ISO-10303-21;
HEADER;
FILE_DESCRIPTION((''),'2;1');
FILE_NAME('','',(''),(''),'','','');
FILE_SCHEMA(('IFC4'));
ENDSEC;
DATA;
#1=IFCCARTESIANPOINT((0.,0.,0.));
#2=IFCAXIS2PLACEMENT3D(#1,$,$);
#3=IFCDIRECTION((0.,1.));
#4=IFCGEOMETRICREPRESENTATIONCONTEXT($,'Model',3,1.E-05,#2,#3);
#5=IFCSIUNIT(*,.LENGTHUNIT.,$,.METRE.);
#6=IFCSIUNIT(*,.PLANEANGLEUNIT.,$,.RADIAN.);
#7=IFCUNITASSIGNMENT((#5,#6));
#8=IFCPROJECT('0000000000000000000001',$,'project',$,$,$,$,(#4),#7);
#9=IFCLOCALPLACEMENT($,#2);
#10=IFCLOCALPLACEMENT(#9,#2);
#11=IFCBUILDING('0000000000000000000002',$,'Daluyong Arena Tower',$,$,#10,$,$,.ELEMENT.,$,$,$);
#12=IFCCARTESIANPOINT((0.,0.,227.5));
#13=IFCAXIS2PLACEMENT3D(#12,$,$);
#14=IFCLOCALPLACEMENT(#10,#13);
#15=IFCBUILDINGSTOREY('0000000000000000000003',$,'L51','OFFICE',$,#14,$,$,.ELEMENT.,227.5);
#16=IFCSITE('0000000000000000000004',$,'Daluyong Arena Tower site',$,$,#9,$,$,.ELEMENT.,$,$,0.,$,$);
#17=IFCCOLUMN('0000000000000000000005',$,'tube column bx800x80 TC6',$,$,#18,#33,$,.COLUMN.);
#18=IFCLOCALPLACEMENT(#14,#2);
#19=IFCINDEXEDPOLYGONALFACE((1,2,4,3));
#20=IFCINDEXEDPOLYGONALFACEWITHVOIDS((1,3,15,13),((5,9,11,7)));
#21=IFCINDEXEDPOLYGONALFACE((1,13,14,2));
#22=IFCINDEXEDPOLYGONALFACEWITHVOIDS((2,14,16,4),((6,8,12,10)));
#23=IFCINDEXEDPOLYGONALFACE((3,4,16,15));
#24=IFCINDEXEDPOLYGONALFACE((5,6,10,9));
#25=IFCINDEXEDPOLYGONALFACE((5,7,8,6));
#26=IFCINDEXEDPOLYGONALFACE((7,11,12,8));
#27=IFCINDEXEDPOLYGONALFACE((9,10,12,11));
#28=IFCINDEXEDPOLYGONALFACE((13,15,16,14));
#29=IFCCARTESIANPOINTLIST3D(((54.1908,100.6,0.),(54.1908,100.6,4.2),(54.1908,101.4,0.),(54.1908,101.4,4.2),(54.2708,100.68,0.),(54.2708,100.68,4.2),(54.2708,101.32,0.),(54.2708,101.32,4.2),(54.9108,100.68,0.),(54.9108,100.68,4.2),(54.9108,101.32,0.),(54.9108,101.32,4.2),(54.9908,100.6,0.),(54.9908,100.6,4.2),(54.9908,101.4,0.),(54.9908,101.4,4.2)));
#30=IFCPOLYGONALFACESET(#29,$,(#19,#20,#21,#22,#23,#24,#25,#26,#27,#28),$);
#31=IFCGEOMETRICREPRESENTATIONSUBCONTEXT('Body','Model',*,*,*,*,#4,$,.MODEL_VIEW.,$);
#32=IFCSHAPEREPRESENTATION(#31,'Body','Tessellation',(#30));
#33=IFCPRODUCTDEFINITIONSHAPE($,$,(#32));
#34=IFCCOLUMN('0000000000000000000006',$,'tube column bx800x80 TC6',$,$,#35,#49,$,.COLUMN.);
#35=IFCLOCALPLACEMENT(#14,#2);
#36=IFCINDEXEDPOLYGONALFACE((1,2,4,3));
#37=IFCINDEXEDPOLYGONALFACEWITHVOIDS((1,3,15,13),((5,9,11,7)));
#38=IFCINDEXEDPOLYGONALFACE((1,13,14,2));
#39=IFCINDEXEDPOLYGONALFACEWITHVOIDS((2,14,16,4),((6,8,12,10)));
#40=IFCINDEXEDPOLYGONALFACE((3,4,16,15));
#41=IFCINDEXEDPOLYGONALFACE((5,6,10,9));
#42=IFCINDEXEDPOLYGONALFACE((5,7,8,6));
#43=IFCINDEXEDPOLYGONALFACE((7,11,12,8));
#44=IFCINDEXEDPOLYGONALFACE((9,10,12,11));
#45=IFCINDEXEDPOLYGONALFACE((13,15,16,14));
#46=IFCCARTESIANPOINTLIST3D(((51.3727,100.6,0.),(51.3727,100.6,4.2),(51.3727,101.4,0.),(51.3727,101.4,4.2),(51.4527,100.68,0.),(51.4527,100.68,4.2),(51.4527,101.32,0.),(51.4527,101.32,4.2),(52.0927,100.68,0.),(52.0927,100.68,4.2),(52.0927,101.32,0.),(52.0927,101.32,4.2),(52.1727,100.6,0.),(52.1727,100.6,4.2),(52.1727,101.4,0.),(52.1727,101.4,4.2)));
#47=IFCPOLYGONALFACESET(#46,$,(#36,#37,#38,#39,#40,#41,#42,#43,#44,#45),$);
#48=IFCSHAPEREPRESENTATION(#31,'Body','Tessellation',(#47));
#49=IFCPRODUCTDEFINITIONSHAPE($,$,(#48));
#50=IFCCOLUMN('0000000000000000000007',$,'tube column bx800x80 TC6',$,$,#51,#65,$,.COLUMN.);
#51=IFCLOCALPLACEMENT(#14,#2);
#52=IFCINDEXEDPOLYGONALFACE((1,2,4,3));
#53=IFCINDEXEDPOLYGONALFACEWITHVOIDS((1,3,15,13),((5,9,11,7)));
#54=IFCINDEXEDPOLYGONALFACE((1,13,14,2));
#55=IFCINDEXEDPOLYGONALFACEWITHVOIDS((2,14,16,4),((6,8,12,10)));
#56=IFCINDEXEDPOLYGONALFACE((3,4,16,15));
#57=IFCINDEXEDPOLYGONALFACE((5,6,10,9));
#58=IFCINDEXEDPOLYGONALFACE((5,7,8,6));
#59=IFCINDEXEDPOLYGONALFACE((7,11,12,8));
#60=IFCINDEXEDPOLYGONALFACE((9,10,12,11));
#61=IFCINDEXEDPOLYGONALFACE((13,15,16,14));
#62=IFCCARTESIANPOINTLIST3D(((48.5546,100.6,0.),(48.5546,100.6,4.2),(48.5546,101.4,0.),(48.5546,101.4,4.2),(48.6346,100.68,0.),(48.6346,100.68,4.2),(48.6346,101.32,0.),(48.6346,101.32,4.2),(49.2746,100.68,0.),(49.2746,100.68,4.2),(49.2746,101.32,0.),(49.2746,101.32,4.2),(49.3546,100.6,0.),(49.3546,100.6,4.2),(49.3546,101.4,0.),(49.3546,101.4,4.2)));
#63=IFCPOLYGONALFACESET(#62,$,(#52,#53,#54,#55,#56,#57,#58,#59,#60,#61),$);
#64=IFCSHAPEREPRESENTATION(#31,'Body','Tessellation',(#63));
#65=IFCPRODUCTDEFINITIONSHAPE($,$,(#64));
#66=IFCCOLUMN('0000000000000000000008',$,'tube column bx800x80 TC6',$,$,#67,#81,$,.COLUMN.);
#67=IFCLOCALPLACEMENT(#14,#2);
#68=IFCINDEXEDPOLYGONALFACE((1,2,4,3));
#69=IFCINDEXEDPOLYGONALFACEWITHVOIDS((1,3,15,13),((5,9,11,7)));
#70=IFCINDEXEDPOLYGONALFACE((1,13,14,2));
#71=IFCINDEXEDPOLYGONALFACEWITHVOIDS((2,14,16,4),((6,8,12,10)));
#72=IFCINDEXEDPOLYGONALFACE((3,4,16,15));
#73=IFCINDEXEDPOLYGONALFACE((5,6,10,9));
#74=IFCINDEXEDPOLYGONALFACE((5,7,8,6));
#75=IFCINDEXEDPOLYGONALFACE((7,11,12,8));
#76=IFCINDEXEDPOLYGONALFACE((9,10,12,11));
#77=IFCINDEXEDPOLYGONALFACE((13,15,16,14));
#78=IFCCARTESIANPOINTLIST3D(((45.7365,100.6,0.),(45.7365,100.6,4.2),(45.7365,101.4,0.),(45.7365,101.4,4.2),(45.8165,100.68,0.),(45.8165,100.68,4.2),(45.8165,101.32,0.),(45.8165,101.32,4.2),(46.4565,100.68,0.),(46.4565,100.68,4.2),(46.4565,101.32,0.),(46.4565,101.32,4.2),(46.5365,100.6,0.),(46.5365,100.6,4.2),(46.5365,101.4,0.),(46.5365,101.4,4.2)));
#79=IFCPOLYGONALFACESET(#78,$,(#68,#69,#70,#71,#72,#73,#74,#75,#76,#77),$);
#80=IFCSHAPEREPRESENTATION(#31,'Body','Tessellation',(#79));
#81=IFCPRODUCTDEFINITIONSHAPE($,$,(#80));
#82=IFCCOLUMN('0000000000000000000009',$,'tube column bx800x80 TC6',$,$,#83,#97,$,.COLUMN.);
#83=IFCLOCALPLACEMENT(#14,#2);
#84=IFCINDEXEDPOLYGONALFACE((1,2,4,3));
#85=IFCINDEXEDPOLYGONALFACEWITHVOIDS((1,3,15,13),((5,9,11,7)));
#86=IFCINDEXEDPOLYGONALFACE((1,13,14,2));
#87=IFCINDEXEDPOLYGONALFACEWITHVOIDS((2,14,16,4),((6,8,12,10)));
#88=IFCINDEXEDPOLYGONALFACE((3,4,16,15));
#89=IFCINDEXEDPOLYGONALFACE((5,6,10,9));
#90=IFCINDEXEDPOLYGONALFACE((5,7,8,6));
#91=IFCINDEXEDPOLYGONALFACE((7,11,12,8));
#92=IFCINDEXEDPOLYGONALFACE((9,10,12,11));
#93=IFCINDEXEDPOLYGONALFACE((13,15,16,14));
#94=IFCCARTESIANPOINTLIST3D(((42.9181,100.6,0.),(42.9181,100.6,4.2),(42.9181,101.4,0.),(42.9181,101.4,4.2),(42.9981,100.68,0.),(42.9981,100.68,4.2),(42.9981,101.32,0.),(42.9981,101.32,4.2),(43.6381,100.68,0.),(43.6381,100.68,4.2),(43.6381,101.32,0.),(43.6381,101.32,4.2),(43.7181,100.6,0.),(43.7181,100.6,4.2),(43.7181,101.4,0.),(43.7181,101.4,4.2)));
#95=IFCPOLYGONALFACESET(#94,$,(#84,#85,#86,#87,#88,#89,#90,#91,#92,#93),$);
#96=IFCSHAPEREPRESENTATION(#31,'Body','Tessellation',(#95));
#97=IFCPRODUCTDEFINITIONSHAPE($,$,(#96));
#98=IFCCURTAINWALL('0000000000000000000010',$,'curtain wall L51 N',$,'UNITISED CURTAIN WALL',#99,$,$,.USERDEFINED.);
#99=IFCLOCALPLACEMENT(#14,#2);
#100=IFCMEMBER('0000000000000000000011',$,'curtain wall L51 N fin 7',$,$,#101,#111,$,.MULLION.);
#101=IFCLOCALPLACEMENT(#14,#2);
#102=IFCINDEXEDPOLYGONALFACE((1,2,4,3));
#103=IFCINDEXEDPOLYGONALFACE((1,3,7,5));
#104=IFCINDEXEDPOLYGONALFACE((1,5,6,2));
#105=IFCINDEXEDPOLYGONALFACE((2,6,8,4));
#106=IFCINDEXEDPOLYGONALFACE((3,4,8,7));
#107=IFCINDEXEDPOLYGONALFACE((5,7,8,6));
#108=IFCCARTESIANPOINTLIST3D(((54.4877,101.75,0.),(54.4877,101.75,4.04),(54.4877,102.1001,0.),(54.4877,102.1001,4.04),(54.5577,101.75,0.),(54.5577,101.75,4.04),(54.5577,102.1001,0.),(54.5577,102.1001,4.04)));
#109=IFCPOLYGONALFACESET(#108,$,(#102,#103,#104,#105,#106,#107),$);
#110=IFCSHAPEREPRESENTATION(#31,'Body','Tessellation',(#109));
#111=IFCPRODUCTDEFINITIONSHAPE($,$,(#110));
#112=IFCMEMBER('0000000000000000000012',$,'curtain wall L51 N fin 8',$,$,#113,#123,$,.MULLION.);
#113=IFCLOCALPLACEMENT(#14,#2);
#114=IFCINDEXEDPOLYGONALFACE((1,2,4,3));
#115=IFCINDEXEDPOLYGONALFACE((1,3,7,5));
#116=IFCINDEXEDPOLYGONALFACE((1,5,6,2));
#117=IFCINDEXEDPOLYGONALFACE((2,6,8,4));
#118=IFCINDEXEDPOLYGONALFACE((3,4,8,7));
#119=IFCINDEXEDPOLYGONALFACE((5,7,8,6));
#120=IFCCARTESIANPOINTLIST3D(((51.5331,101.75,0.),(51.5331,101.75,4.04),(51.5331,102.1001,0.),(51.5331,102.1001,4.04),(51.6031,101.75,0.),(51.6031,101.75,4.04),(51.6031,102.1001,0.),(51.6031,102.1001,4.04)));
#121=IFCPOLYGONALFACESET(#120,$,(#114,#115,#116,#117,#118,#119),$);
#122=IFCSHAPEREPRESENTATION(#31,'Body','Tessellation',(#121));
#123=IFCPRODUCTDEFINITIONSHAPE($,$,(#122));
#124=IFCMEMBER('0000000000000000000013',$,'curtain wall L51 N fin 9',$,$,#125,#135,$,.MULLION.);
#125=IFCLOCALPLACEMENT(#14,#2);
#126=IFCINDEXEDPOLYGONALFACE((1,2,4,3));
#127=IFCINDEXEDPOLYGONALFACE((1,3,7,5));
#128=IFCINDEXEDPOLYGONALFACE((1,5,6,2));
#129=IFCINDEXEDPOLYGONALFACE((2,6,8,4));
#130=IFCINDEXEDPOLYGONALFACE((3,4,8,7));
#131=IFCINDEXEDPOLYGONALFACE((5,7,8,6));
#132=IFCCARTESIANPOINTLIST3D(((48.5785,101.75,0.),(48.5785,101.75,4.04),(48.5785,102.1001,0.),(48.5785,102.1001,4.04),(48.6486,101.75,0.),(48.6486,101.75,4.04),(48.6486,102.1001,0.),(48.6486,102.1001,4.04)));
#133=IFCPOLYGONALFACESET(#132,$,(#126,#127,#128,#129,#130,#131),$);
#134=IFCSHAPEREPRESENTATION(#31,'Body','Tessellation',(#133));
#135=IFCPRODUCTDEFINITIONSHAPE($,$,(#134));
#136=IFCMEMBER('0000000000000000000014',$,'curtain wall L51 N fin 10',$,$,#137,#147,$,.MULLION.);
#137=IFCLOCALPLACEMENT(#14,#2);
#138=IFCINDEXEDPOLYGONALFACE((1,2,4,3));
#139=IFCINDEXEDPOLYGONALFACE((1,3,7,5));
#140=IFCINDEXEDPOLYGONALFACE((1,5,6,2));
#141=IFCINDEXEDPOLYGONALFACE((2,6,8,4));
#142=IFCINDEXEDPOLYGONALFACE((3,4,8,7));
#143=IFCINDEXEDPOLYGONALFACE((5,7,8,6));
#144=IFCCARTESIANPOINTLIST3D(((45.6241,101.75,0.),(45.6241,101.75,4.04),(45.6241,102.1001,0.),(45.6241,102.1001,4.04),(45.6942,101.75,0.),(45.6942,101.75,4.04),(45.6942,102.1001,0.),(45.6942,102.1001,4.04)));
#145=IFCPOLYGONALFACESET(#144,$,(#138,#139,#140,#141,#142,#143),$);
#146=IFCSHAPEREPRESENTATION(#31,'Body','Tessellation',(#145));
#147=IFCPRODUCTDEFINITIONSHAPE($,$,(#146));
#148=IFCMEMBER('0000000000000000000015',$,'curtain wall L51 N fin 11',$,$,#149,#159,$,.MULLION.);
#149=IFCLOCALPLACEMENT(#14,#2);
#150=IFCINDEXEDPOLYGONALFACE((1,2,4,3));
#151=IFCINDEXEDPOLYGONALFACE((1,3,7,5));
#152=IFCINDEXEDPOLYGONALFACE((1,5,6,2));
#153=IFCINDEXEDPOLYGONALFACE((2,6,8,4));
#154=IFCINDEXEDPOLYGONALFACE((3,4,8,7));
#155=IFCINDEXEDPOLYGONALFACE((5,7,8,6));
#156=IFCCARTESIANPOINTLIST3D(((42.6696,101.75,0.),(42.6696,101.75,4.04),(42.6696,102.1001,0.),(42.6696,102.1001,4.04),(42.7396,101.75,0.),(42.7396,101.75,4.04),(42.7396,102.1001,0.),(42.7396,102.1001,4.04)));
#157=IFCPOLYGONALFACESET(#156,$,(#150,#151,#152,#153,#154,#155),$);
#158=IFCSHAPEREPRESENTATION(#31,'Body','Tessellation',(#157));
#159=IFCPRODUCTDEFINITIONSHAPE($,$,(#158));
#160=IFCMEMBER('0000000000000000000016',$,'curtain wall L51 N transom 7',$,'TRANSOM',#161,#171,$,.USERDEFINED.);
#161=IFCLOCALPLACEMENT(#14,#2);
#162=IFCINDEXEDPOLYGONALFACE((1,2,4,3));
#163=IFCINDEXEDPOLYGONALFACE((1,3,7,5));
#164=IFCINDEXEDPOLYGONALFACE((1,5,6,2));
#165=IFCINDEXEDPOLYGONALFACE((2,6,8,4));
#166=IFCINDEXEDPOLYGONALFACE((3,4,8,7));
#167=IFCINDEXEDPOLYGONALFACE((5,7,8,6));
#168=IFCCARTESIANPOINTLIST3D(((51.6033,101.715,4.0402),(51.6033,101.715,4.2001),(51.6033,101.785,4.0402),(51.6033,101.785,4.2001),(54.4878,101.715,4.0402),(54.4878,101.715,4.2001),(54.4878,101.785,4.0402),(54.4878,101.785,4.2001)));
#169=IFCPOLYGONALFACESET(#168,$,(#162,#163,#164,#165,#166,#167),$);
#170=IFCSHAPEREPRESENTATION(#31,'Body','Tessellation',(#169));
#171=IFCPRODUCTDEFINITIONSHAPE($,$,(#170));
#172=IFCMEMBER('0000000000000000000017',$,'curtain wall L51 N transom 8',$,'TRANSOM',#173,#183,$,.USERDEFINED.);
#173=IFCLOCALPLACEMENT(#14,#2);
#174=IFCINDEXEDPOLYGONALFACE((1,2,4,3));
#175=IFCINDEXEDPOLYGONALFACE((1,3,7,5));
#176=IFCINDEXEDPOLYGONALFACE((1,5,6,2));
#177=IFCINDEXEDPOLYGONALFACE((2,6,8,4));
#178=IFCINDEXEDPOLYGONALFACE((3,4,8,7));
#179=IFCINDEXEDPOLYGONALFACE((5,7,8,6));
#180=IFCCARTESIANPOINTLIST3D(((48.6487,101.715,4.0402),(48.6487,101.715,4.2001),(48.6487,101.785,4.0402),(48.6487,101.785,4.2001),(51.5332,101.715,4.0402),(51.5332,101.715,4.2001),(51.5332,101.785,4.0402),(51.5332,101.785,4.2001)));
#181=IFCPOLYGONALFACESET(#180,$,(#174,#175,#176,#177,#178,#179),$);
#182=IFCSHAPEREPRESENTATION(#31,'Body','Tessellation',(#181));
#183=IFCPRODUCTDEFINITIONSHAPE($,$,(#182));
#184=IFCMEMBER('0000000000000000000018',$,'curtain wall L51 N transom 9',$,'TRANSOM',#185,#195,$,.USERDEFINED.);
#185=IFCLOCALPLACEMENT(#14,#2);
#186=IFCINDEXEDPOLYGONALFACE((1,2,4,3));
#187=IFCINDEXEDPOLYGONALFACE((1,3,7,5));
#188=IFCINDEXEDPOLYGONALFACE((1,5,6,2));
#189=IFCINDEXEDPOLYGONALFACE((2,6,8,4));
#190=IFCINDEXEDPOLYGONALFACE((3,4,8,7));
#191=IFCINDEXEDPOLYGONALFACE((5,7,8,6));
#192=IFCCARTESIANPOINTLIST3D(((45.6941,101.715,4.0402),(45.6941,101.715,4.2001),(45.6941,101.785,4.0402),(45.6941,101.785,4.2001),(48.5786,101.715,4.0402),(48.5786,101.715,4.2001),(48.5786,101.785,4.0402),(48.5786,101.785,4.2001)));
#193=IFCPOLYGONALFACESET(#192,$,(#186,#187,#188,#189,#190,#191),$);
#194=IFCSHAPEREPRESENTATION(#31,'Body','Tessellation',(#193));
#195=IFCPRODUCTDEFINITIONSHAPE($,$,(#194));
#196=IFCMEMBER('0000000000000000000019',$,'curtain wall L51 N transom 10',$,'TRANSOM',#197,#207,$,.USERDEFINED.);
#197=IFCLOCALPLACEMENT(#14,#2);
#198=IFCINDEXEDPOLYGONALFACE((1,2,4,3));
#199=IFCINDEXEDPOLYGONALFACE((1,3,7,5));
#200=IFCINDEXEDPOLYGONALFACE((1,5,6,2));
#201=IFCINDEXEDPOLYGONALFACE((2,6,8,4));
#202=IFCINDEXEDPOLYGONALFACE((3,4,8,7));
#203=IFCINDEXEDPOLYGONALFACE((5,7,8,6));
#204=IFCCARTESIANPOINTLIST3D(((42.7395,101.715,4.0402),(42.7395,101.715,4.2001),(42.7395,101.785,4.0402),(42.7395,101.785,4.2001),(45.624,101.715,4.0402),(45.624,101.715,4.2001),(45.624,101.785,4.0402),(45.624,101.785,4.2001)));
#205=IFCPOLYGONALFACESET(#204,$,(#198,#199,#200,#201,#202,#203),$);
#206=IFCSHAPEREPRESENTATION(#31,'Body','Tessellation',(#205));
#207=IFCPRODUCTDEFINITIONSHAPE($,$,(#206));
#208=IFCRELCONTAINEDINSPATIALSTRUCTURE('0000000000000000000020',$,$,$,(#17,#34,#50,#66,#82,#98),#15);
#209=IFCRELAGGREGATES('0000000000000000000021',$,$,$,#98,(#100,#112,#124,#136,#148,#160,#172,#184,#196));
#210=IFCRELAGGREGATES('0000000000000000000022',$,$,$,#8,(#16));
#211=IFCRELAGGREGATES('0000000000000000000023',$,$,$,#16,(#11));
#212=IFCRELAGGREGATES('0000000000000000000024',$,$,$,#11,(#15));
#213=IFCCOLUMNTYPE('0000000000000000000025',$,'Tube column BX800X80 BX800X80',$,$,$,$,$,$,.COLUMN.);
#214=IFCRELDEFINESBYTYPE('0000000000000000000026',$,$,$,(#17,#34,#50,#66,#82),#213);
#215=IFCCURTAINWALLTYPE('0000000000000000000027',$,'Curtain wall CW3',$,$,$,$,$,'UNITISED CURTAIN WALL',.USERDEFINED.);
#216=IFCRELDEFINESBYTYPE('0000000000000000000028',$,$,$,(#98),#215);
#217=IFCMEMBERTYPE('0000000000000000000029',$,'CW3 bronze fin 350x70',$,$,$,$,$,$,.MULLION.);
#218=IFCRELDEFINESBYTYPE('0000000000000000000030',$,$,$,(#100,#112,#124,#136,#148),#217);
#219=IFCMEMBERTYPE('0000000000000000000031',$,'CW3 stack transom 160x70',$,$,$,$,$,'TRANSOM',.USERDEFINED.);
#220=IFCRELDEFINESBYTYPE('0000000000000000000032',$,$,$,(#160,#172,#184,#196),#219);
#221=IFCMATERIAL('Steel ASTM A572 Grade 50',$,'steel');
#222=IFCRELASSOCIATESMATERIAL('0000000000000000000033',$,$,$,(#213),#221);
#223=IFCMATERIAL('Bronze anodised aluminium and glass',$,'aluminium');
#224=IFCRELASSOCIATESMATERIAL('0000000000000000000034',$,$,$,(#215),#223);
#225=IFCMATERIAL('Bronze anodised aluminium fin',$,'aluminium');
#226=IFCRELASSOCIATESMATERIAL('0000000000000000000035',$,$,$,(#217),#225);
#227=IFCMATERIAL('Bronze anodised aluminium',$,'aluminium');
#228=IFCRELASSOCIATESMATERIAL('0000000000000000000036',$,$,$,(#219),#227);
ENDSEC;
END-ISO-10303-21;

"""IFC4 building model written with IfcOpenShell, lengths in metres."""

from ifc_helpers import new_model, si_unit, direction, frame, origin, origin_2d, place, context, subcontext, project, spatial, rectangle, hollow_rectangle, extrude, material, material_profile, profile_set, type_object, element, aggregate, save


model = new_model("IFC4")

# Units and contexts
model_context = context("Model", 3, precision=1e-05, world=origin(), true_north=direction((0.0, 1.0)))
body_context = subcontext(model_context, "Body", "Model", "MODEL_VIEW")
ifc_project = project(units=[si_unit("LENGTHUNIT", "METRE"), si_unit("PLANEANGLEUNIT", "RADIAN")], contexts=[model_context])

# Site, building, storey
site_placement = place(None, origin())
site = spatial("IfcSite", under=ifc_project, at=site_placement, Name="Daluyong Arena Tower site", CompositionType="ELEMENT", RefElevation=0.0)
building_placement = place(site_placement, origin())
building = spatial("IfcBuilding", under=site, at=building_placement, Name="Daluyong Arena Tower", CompositionType="ELEMENT")
storey_placement = place(building_placement, frame((0.0, 0.0, 227.5)))
storey = spatial("IfcBuildingStorey", under=building, at=storey_placement, Name="L51", Description="OFFICE", CompositionType="ELEMENT", Elevation=227.5)

# Columns
ifc_material_1 = material(Name="Steel ASTM A572 Grade 50", Category="steel")
ifc_material_profile_1 = material_profile(ifc_material_1, hollow_rectangle(XDim=0.8, YDim=0.8, WallThickness=0.08, at=origin_2d()))
ifc_profile_set_1 = profile_set([ifc_material_profile_1], Name="Steel ASTM A572 Grade 50")
column_type = type_object("IfcColumnType", Name="Tube column BX800X80 BX800X80", PredefinedType="COLUMN", material=ifc_profile_set_1)
for number, where, z_axis, x_axis, name in (
    (1, (54.5908, 101.0, 0.0), (0.0, 0.0, 1.0), (1.0, 0.0, 0.0), "tube column bx800x80 TC6"),
    (2, (51.7727, 101.0, 0.0), (0.0, 0.0, 1.0), (1.0, 0.0, 0.0), "tube column bx800x80 TC6"),
    (3, (48.9546, 101.0, 0.0), (0.0, 0.0, 1.0), (1.0, 0.0, 0.0), "tube column bx800x80 TC6"),
    (4, (46.1365, 101.0, 0.0), (0.0, 0.0, 1.0), (1.0, 0.0, 0.0), "tube column bx800x80 TC6"),
    (5, (43.3181, 101.0, 0.0), (0.0, 0.0, 1.0), (1.0, 0.0, 0.0), "tube column bx800x80 TC6"),
):
    element("IfcColumn", number, at=place(storey_placement, frame(where, z_axis=z_axis, x_axis=x_axis)), inside=storey, type_object=column_type, Name=name, PredefinedType="COLUMN", context=body_context, shape_type="SweptSolid", body=[
        extrude(hollow_rectangle(XDim=0.8, YDim=0.8, WallThickness=0.08, at=origin_2d()), origin(), (0.0, 0.0, 1.0), 4.2),
    ])

# Curtain wall, members
ifc_material_2 = material(Name="Bronze anodised aluminium and glass", Category="aluminium")
curtain_wall_type = type_object("IfcCurtainWallType", Name="Curtain wall CW3", ElementType="UNITISED CURTAIN WALL", PredefinedType="USERDEFINED", material=ifc_material_2)
curtain_wall_placement = place(storey_placement, origin())
curtain_wall = element("IfcCurtainWall", 6, at=curtain_wall_placement, inside=storey, type_object=curtain_wall_type, Name="curtain wall L51 N", ObjectType="UNITISED CURTAIN WALL", PredefinedType="USERDEFINED")
ifc_material_3 = material(Name="Bronze anodised aluminium fin", Category="aluminium")
ifc_material_profile_2 = material_profile(ifc_material_3, rectangle(XDim=0.3501, YDim=0.0701, at=origin_2d()))
ifc_profile_set_2 = profile_set([ifc_material_profile_2], Name="Bronze anodised aluminium fin")
member_type_1 = type_object("IfcMemberType", Name="CW3 bronze fin 350x70", PredefinedType="MULLION", material=ifc_profile_set_2)
member_1_placement = place(storey_placement, frame((54.5227, 101.925, 0.0), z_axis=(0.0, 0.0, 1.0), x_axis=(0.0, -1.0, 0.0)))
member_1 = element("IfcMember", 7, at=member_1_placement, type_object=member_type_1, Name="curtain wall L51 N fin 7", PredefinedType="MULLION", context=body_context, shape_type="SweptSolid", body=[
    extrude(rectangle(XDim=0.3501, YDim=0.0701, at=origin_2d()), origin(), (0.0, 0.0, 1.0), 4.04),
])
member_2_placement = place(storey_placement, frame((51.5681, 101.925, 0.0), z_axis=(0.0, 0.0, 1.0), x_axis=(0.0, -1.0, 0.0)))
member_2 = element("IfcMember", 8, at=member_2_placement, type_object=member_type_1, Name="curtain wall L51 N fin 8", PredefinedType="MULLION", context=body_context, shape_type="SweptSolid", body=[
    extrude(rectangle(XDim=0.3501, YDim=0.0701, at=origin_2d()), origin(), (0.0, 0.0, 1.0), 4.04),
])
member_3_placement = place(storey_placement, frame((48.6135, 101.925, 0.0), z_axis=(0.0, 0.0, 1.0), x_axis=(0.0, -1.0, 0.0)))
member_3 = element("IfcMember", 9, at=member_3_placement, type_object=member_type_1, Name="curtain wall L51 N fin 9", PredefinedType="MULLION", context=body_context, shape_type="SweptSolid", body=[
    extrude(rectangle(XDim=0.3501, YDim=0.0701, at=origin_2d()), origin(), (0.0, 0.0, 1.0), 4.04),
])
member_4_placement = place(storey_placement, frame((45.6592, 101.925, 0.0), z_axis=(0.0, 0.0, 1.0), x_axis=(0.0, -1.0, 0.0)))
member_4 = element("IfcMember", 10, at=member_4_placement, type_object=member_type_1, Name="curtain wall L51 N fin 10", PredefinedType="MULLION", context=body_context, shape_type="SweptSolid", body=[
    extrude(rectangle(XDim=0.3501, YDim=0.0701, at=origin_2d()), origin(), (0.0, 0.0, 1.0), 4.04),
])
member_5_placement = place(storey_placement, frame((42.7046, 101.925, 0.0), z_axis=(0.0, 0.0, 1.0), x_axis=(0.0, -1.0, 0.0)))
member_5 = element("IfcMember", 11, at=member_5_placement, type_object=member_type_1, Name="curtain wall L51 N fin 11", PredefinedType="MULLION", context=body_context, shape_type="SweptSolid", body=[
    extrude(rectangle(XDim=0.3501, YDim=0.0701, at=origin_2d()), origin(), (0.0, 0.0, 1.0), 4.04),
])
ifc_material_4 = material(Name="Bronze anodised aluminium", Category="aluminium")
ifc_material_profile_3 = material_profile(ifc_material_4, rectangle(XDim=0.0701, YDim=0.1599, at=origin_2d()))
ifc_profile_set_3 = profile_set([ifc_material_profile_3], Name="Bronze anodised aluminium")
member_type_2 = type_object("IfcMemberType", Name="CW3 stack transom 160x70", ElementType="TRANSOM", PredefinedType="USERDEFINED", material=ifc_profile_set_3)
member_6_placement = place(storey_placement, frame((54.4878, 101.75, 4.1201), z_axis=(-1.0, 0.0, 0.0), x_axis=(0.0, -1.0, 0.0)))
member_6 = element("IfcMember", 12, at=member_6_placement, type_object=member_type_2, Name="curtain wall L51 N transom 7", ObjectType="TRANSOM", PredefinedType="USERDEFINED", context=body_context, shape_type="SweptSolid", body=[
    extrude(rectangle(XDim=0.0701, YDim=0.1599, at=origin_2d()), origin(), (0.0, 0.0, 1.0), 2.8845),
])
member_7_placement = place(storey_placement, frame((51.5332, 101.75, 4.1201), z_axis=(-1.0, 0.0, 0.0), x_axis=(0.0, -1.0, 0.0)))
member_7 = element("IfcMember", 13, at=member_7_placement, type_object=member_type_2, Name="curtain wall L51 N transom 8", ObjectType="TRANSOM", PredefinedType="USERDEFINED", context=body_context, shape_type="SweptSolid", body=[
    extrude(rectangle(XDim=0.0701, YDim=0.1599, at=origin_2d()), origin(), (0.0, 0.0, 1.0), 2.8845),
])
member_8_placement = place(storey_placement, frame((48.5786, 101.75, 4.1201), z_axis=(-1.0, 0.0, 0.0), x_axis=(0.0, -1.0, 0.0)))
member_8 = element("IfcMember", 14, at=member_8_placement, type_object=member_type_2, Name="curtain wall L51 N transom 9", ObjectType="TRANSOM", PredefinedType="USERDEFINED", context=body_context, shape_type="SweptSolid", body=[
    extrude(rectangle(XDim=0.0701, YDim=0.1599, at=origin_2d()), origin(), (0.0, 0.0, 1.0), 2.8845),
])
member_9_placement = place(storey_placement, frame((45.624, 101.75, 4.1201), z_axis=(-1.0, 0.0, 0.0), x_axis=(0.0, -1.0, 0.0)))
member_9 = element("IfcMember", 15, at=member_9_placement, type_object=member_type_2, Name="curtain wall L51 N transom 10", ObjectType="TRANSOM", PredefinedType="USERDEFINED", context=body_context, shape_type="SweptSolid", body=[
    extrude(rectangle(XDim=0.0701, YDim=0.1599, at=origin_2d()), origin(), (0.0, 0.0, 1.0), 2.8845),
])

aggregate(curtain_wall, [member_1, member_2, member_3, member_4, member_5, member_6, member_7, member_8, member_9])

save(model, "model.ifc")
